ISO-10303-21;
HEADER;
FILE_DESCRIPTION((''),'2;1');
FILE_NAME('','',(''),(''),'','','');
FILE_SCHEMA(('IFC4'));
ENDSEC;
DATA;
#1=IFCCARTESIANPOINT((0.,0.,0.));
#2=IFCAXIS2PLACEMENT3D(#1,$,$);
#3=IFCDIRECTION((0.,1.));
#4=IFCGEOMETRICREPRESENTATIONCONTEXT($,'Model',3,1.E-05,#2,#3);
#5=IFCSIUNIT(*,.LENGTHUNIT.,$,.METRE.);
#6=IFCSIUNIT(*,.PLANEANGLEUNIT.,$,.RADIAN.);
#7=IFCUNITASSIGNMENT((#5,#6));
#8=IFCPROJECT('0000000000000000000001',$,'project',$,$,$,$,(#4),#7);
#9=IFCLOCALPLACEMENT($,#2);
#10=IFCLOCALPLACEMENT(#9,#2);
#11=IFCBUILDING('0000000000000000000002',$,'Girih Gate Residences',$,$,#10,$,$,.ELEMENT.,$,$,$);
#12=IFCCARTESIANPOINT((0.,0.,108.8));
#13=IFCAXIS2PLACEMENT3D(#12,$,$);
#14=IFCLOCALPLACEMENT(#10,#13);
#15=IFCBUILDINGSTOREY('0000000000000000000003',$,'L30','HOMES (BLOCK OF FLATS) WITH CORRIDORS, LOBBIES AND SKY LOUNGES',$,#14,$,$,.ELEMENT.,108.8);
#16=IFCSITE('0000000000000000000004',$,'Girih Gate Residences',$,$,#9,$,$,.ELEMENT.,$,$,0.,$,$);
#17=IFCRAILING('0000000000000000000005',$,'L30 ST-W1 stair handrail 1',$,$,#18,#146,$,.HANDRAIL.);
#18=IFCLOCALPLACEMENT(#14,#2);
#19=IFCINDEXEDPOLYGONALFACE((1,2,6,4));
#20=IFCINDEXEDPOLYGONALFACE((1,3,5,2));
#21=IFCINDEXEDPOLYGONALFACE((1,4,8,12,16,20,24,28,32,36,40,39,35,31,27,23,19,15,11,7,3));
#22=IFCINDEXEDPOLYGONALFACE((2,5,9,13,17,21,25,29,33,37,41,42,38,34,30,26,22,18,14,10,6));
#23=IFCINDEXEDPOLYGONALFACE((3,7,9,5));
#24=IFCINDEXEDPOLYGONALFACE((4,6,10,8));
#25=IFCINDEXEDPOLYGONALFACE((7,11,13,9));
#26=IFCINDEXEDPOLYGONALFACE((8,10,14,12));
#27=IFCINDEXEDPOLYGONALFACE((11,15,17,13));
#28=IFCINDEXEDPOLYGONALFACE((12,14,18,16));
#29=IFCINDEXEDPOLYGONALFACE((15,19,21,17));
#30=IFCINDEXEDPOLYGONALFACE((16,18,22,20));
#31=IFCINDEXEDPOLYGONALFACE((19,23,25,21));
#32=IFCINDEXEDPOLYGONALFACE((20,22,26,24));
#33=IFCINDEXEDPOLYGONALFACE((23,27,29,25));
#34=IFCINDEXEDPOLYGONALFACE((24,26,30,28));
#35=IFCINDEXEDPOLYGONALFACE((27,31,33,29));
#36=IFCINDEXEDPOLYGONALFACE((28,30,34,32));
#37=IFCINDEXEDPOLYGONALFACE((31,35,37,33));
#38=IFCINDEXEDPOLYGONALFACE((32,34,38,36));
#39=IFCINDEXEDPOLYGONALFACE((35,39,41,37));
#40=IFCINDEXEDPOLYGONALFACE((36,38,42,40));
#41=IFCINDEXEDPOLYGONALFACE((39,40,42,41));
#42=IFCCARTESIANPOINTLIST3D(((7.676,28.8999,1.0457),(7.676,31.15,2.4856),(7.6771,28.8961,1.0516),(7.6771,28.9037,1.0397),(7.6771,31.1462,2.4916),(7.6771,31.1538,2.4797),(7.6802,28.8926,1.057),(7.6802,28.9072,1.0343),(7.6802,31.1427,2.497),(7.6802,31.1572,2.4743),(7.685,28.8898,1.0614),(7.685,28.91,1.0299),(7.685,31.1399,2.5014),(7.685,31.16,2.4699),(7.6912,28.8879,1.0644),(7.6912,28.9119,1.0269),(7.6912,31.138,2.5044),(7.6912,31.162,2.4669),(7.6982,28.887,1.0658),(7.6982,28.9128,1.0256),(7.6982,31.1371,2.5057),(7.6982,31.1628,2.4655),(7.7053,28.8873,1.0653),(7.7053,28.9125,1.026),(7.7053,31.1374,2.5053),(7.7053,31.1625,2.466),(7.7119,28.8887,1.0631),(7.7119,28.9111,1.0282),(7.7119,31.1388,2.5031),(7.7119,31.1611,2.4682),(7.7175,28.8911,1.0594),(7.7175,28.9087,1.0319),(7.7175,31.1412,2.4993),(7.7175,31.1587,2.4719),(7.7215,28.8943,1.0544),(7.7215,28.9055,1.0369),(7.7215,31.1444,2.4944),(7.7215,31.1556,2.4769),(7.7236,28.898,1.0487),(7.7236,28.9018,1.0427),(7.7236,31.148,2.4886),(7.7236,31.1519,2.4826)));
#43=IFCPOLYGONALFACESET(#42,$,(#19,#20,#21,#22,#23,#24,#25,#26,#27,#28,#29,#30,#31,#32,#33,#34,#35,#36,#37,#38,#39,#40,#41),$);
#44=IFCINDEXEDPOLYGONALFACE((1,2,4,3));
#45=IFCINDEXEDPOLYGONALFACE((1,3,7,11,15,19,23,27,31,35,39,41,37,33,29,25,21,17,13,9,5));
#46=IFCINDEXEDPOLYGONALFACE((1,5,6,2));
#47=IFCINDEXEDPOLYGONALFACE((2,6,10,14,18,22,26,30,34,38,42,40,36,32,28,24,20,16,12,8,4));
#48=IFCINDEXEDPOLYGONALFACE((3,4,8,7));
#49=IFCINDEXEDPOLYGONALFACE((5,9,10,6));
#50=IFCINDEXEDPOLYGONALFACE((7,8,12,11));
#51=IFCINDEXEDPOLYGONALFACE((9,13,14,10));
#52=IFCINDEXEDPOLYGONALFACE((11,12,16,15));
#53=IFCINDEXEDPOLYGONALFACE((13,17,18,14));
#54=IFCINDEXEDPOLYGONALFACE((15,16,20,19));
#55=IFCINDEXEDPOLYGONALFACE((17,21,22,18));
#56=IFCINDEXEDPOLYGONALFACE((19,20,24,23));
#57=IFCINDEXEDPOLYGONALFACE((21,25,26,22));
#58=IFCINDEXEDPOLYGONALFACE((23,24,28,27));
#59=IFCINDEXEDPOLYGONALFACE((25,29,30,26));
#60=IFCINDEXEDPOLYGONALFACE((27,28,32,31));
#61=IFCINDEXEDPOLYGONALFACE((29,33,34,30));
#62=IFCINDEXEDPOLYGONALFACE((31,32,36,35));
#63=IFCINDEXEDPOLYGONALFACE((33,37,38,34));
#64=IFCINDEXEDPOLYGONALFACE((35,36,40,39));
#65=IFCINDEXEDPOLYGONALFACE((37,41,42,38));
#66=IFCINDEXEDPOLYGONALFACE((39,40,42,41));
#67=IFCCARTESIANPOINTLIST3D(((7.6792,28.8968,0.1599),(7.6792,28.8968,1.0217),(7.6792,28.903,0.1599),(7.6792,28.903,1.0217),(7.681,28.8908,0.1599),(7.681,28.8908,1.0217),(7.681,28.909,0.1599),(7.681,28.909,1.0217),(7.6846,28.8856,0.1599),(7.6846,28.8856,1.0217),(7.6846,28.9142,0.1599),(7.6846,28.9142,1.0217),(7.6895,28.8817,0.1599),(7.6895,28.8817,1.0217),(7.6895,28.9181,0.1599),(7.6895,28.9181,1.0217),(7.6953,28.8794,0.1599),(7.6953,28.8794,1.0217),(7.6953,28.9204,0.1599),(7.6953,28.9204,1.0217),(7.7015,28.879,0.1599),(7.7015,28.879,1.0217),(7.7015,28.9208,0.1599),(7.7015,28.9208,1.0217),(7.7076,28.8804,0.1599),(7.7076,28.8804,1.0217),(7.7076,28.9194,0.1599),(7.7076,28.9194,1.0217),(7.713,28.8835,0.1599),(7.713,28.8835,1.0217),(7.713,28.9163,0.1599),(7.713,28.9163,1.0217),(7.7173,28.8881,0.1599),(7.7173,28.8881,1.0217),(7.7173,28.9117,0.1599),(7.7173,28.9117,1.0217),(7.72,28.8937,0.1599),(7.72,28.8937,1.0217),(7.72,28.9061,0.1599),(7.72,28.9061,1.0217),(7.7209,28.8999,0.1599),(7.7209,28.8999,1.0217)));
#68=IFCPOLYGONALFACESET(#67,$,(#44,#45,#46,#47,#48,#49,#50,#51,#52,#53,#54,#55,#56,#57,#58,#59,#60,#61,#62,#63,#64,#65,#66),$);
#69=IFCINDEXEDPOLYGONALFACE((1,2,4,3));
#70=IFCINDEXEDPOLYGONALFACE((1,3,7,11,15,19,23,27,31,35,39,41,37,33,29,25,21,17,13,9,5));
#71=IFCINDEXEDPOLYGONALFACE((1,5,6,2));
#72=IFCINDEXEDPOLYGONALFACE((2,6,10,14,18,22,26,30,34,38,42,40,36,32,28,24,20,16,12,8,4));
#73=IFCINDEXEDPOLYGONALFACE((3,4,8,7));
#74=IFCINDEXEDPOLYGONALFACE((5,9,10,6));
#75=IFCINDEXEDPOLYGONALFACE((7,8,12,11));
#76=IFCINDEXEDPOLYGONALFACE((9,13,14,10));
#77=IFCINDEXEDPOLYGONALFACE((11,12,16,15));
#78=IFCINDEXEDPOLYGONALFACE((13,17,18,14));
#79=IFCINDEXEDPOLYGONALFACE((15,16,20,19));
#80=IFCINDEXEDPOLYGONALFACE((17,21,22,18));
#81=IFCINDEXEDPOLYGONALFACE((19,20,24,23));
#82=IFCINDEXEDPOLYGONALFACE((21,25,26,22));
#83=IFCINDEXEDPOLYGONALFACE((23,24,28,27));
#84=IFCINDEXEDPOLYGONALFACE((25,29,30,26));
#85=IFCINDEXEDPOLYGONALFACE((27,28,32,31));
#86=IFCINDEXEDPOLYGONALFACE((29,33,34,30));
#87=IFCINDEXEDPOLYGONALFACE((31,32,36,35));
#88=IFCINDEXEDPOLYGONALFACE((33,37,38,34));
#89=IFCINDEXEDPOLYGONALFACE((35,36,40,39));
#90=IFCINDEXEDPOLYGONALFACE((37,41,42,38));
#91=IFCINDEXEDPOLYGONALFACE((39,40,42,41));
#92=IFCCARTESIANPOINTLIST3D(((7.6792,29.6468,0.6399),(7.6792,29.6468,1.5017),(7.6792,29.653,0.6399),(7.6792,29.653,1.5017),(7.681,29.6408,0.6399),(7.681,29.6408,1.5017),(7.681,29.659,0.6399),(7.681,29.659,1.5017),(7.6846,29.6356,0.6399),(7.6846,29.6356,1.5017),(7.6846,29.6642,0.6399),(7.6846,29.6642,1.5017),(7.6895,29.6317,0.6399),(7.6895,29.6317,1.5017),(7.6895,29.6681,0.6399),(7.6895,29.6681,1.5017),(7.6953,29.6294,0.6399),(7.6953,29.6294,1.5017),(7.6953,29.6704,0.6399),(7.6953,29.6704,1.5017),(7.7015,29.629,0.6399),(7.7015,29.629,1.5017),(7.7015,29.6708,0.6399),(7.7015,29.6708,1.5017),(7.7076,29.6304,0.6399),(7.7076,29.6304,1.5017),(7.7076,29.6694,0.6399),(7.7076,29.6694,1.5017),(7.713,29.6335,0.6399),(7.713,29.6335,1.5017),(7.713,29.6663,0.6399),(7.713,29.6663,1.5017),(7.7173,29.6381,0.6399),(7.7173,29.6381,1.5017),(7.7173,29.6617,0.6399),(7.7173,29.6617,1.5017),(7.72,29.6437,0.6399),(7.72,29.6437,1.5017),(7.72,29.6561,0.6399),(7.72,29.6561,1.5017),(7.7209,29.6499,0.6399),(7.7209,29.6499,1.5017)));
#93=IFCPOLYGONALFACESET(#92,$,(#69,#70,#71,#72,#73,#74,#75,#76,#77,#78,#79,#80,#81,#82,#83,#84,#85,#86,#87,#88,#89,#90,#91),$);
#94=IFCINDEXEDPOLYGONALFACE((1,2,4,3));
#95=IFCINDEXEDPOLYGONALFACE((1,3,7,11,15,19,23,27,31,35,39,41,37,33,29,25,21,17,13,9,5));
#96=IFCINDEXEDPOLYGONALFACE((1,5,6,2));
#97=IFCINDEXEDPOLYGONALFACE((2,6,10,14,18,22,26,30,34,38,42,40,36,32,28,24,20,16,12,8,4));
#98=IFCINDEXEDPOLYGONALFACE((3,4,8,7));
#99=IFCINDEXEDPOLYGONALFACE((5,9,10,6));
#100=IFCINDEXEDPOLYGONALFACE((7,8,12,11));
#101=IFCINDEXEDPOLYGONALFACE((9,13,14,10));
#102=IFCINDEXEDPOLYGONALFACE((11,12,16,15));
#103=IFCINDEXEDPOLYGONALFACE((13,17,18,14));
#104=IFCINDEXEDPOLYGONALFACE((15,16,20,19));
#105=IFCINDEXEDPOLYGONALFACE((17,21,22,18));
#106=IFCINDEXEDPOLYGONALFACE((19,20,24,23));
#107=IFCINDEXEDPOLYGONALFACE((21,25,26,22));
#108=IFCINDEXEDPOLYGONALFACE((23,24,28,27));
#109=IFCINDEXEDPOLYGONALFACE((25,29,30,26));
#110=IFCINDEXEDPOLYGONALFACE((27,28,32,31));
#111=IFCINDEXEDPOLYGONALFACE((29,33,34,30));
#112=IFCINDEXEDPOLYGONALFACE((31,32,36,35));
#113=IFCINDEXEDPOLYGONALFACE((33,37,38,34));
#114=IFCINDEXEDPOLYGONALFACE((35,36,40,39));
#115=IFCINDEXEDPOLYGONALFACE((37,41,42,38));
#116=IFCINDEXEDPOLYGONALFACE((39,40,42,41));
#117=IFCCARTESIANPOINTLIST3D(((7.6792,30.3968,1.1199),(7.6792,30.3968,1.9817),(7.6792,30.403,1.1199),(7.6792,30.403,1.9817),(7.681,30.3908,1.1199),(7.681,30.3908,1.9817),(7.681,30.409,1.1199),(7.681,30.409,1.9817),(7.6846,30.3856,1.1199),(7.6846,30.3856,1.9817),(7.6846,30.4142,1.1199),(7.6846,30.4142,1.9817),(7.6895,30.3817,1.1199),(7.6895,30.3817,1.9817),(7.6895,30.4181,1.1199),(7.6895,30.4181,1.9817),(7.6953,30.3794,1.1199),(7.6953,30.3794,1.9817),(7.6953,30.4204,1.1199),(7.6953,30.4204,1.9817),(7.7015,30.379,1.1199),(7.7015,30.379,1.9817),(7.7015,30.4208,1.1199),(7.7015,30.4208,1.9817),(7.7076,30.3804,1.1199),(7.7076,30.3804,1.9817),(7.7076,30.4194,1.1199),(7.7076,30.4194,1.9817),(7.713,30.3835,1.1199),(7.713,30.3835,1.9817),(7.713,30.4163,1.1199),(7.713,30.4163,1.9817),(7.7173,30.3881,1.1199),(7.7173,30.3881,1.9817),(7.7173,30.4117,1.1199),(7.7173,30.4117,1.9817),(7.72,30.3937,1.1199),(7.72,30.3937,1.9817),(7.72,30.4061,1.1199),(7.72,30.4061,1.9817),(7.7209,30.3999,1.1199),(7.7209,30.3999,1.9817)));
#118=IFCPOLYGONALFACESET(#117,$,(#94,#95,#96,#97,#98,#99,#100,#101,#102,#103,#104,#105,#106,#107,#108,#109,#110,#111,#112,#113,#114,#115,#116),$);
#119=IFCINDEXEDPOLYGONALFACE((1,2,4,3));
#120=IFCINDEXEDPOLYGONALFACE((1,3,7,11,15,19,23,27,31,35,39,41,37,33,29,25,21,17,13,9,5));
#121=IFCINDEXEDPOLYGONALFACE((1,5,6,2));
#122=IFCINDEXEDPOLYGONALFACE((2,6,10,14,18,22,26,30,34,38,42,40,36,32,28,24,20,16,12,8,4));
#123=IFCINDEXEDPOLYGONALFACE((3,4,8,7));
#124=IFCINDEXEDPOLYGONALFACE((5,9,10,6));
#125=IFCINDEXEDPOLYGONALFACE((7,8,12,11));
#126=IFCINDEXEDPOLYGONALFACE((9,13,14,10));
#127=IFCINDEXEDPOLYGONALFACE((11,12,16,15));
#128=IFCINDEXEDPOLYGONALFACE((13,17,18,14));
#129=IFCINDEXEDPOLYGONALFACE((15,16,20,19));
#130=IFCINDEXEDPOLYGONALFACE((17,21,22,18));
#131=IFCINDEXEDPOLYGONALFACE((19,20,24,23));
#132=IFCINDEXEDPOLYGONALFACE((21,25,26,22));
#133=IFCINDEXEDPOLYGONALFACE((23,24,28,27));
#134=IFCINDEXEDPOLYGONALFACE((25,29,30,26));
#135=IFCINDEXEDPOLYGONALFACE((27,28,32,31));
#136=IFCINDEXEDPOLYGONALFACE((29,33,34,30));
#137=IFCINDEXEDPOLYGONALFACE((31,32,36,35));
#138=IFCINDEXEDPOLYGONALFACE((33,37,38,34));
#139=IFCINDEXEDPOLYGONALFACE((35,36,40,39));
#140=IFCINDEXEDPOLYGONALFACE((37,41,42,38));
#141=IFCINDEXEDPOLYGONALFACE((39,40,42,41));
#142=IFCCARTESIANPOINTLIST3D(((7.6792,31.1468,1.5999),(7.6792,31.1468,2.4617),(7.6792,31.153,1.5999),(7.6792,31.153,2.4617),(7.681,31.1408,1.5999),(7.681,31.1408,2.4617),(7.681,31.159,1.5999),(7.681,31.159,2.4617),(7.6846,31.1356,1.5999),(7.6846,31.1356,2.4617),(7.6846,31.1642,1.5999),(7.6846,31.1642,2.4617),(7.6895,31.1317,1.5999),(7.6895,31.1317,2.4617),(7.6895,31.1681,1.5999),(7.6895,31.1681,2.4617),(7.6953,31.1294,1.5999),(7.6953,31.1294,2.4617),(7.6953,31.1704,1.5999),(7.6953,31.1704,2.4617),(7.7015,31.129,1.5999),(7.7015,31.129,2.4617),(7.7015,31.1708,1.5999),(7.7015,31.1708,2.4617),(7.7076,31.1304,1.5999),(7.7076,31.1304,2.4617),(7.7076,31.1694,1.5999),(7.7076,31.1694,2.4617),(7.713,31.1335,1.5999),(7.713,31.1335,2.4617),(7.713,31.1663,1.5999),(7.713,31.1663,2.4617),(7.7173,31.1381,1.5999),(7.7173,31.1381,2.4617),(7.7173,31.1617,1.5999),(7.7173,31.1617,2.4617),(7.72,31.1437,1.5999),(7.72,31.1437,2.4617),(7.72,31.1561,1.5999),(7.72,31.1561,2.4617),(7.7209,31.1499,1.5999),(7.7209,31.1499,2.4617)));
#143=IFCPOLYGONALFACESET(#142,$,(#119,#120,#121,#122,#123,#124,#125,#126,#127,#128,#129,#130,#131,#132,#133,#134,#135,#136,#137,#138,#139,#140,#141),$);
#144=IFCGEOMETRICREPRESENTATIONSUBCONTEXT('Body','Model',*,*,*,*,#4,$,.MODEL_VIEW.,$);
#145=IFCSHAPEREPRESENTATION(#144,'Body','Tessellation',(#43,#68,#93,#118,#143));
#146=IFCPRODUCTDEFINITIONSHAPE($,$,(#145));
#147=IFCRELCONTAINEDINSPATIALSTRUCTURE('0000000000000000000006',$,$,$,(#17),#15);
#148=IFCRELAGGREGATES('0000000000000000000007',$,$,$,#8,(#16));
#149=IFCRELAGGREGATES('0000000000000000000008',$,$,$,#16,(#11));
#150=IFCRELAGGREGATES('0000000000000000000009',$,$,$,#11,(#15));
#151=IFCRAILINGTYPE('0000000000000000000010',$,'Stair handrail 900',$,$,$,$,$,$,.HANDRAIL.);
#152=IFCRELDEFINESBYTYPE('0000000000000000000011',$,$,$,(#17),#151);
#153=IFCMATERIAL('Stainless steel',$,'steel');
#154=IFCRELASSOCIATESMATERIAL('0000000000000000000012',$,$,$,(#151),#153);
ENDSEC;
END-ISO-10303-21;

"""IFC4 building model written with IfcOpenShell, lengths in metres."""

from ifc_helpers import new_model, si_unit, direction, frame, origin, origin_2d, place, context, subcontext, project, spatial, circle, extrude, material, type_object, element, save


model = new_model("IFC4")

# Units and contexts
model_context = context("Model", 3, precision=1e-05, world=origin(), true_north=direction((0.0, 1.0)))
body_context = subcontext(model_context, "Body", "Model", "MODEL_VIEW")
ifc_project = project(units=[si_unit("LENGTHUNIT", "METRE"), si_unit("PLANEANGLEUNIT", "RADIAN")], contexts=[model_context])

# Site, building, storey
site_placement = place(None, origin())
site = spatial("IfcSite", under=ifc_project, at=site_placement, Name="Girih Gate Residences", CompositionType="ELEMENT", RefElevation=0.0)
building_placement = place(site_placement, origin())
building = spatial("IfcBuilding", under=site, at=building_placement, Name="Girih Gate Residences", CompositionType="ELEMENT")
storey_placement = place(building_placement, frame((0.0, 0.0, 108.8)))
storey = spatial("IfcBuildingStorey", under=building, at=storey_placement, Name="L30", Description="HOMES (BLOCK OF FLATS) WITH CORRIDORS, LOBBIES AND SKY LOUNGES", CompositionType="ELEMENT", Elevation=108.8)

# Railing
ifc_material_1 = material(Name="Stainless steel", Category="steel")
railing_type_1 = type_object("IfcRailingType", Name="Stair handrail 900", PredefinedType="HANDRAIL", material=ifc_material_1)
railing_1_placement = place(storey_placement, frame((7.7, 28.8999, 0.1599)))
element("IfcRailing", 1, at=railing_1_placement, inside=storey, type_object=railing_type_1, Name="L30 ST-W1 stair handrail 1", PredefinedType="HANDRAIL", context=body_context, shape_type="SweptSolid", body=[
    extrude(circle(Radius=0.0239, at=origin_2d()), frame((0.0, 0.0, 0.8857), z_axis=(0.0, 0.842281, 0.539038), x_axis=(-1.0, 0.0, 0.0)), (0.0, 0.0, 1.0), 2.6714),
    extrude(circle(Radius=0.021, at=origin_2d()), origin(), (0.0, 0.0, 1.0), 0.8618),
    extrude(circle(Radius=0.021, at=origin_2d()), frame((0.0, 0.75, 0.48)), (0.0, 0.0, 1.0), 0.8618),
    extrude(circle(Radius=0.021, at=origin_2d()), frame((0.0, 1.5, 0.96)), (0.0, 0.0, 1.0), 0.8618),
    extrude(circle(Radius=0.021, at=origin_2d()), frame((0.0, 2.25, 1.4399)), (0.0, 0.0, 1.0), 0.8618),
])

save(model, "model.ifc")
